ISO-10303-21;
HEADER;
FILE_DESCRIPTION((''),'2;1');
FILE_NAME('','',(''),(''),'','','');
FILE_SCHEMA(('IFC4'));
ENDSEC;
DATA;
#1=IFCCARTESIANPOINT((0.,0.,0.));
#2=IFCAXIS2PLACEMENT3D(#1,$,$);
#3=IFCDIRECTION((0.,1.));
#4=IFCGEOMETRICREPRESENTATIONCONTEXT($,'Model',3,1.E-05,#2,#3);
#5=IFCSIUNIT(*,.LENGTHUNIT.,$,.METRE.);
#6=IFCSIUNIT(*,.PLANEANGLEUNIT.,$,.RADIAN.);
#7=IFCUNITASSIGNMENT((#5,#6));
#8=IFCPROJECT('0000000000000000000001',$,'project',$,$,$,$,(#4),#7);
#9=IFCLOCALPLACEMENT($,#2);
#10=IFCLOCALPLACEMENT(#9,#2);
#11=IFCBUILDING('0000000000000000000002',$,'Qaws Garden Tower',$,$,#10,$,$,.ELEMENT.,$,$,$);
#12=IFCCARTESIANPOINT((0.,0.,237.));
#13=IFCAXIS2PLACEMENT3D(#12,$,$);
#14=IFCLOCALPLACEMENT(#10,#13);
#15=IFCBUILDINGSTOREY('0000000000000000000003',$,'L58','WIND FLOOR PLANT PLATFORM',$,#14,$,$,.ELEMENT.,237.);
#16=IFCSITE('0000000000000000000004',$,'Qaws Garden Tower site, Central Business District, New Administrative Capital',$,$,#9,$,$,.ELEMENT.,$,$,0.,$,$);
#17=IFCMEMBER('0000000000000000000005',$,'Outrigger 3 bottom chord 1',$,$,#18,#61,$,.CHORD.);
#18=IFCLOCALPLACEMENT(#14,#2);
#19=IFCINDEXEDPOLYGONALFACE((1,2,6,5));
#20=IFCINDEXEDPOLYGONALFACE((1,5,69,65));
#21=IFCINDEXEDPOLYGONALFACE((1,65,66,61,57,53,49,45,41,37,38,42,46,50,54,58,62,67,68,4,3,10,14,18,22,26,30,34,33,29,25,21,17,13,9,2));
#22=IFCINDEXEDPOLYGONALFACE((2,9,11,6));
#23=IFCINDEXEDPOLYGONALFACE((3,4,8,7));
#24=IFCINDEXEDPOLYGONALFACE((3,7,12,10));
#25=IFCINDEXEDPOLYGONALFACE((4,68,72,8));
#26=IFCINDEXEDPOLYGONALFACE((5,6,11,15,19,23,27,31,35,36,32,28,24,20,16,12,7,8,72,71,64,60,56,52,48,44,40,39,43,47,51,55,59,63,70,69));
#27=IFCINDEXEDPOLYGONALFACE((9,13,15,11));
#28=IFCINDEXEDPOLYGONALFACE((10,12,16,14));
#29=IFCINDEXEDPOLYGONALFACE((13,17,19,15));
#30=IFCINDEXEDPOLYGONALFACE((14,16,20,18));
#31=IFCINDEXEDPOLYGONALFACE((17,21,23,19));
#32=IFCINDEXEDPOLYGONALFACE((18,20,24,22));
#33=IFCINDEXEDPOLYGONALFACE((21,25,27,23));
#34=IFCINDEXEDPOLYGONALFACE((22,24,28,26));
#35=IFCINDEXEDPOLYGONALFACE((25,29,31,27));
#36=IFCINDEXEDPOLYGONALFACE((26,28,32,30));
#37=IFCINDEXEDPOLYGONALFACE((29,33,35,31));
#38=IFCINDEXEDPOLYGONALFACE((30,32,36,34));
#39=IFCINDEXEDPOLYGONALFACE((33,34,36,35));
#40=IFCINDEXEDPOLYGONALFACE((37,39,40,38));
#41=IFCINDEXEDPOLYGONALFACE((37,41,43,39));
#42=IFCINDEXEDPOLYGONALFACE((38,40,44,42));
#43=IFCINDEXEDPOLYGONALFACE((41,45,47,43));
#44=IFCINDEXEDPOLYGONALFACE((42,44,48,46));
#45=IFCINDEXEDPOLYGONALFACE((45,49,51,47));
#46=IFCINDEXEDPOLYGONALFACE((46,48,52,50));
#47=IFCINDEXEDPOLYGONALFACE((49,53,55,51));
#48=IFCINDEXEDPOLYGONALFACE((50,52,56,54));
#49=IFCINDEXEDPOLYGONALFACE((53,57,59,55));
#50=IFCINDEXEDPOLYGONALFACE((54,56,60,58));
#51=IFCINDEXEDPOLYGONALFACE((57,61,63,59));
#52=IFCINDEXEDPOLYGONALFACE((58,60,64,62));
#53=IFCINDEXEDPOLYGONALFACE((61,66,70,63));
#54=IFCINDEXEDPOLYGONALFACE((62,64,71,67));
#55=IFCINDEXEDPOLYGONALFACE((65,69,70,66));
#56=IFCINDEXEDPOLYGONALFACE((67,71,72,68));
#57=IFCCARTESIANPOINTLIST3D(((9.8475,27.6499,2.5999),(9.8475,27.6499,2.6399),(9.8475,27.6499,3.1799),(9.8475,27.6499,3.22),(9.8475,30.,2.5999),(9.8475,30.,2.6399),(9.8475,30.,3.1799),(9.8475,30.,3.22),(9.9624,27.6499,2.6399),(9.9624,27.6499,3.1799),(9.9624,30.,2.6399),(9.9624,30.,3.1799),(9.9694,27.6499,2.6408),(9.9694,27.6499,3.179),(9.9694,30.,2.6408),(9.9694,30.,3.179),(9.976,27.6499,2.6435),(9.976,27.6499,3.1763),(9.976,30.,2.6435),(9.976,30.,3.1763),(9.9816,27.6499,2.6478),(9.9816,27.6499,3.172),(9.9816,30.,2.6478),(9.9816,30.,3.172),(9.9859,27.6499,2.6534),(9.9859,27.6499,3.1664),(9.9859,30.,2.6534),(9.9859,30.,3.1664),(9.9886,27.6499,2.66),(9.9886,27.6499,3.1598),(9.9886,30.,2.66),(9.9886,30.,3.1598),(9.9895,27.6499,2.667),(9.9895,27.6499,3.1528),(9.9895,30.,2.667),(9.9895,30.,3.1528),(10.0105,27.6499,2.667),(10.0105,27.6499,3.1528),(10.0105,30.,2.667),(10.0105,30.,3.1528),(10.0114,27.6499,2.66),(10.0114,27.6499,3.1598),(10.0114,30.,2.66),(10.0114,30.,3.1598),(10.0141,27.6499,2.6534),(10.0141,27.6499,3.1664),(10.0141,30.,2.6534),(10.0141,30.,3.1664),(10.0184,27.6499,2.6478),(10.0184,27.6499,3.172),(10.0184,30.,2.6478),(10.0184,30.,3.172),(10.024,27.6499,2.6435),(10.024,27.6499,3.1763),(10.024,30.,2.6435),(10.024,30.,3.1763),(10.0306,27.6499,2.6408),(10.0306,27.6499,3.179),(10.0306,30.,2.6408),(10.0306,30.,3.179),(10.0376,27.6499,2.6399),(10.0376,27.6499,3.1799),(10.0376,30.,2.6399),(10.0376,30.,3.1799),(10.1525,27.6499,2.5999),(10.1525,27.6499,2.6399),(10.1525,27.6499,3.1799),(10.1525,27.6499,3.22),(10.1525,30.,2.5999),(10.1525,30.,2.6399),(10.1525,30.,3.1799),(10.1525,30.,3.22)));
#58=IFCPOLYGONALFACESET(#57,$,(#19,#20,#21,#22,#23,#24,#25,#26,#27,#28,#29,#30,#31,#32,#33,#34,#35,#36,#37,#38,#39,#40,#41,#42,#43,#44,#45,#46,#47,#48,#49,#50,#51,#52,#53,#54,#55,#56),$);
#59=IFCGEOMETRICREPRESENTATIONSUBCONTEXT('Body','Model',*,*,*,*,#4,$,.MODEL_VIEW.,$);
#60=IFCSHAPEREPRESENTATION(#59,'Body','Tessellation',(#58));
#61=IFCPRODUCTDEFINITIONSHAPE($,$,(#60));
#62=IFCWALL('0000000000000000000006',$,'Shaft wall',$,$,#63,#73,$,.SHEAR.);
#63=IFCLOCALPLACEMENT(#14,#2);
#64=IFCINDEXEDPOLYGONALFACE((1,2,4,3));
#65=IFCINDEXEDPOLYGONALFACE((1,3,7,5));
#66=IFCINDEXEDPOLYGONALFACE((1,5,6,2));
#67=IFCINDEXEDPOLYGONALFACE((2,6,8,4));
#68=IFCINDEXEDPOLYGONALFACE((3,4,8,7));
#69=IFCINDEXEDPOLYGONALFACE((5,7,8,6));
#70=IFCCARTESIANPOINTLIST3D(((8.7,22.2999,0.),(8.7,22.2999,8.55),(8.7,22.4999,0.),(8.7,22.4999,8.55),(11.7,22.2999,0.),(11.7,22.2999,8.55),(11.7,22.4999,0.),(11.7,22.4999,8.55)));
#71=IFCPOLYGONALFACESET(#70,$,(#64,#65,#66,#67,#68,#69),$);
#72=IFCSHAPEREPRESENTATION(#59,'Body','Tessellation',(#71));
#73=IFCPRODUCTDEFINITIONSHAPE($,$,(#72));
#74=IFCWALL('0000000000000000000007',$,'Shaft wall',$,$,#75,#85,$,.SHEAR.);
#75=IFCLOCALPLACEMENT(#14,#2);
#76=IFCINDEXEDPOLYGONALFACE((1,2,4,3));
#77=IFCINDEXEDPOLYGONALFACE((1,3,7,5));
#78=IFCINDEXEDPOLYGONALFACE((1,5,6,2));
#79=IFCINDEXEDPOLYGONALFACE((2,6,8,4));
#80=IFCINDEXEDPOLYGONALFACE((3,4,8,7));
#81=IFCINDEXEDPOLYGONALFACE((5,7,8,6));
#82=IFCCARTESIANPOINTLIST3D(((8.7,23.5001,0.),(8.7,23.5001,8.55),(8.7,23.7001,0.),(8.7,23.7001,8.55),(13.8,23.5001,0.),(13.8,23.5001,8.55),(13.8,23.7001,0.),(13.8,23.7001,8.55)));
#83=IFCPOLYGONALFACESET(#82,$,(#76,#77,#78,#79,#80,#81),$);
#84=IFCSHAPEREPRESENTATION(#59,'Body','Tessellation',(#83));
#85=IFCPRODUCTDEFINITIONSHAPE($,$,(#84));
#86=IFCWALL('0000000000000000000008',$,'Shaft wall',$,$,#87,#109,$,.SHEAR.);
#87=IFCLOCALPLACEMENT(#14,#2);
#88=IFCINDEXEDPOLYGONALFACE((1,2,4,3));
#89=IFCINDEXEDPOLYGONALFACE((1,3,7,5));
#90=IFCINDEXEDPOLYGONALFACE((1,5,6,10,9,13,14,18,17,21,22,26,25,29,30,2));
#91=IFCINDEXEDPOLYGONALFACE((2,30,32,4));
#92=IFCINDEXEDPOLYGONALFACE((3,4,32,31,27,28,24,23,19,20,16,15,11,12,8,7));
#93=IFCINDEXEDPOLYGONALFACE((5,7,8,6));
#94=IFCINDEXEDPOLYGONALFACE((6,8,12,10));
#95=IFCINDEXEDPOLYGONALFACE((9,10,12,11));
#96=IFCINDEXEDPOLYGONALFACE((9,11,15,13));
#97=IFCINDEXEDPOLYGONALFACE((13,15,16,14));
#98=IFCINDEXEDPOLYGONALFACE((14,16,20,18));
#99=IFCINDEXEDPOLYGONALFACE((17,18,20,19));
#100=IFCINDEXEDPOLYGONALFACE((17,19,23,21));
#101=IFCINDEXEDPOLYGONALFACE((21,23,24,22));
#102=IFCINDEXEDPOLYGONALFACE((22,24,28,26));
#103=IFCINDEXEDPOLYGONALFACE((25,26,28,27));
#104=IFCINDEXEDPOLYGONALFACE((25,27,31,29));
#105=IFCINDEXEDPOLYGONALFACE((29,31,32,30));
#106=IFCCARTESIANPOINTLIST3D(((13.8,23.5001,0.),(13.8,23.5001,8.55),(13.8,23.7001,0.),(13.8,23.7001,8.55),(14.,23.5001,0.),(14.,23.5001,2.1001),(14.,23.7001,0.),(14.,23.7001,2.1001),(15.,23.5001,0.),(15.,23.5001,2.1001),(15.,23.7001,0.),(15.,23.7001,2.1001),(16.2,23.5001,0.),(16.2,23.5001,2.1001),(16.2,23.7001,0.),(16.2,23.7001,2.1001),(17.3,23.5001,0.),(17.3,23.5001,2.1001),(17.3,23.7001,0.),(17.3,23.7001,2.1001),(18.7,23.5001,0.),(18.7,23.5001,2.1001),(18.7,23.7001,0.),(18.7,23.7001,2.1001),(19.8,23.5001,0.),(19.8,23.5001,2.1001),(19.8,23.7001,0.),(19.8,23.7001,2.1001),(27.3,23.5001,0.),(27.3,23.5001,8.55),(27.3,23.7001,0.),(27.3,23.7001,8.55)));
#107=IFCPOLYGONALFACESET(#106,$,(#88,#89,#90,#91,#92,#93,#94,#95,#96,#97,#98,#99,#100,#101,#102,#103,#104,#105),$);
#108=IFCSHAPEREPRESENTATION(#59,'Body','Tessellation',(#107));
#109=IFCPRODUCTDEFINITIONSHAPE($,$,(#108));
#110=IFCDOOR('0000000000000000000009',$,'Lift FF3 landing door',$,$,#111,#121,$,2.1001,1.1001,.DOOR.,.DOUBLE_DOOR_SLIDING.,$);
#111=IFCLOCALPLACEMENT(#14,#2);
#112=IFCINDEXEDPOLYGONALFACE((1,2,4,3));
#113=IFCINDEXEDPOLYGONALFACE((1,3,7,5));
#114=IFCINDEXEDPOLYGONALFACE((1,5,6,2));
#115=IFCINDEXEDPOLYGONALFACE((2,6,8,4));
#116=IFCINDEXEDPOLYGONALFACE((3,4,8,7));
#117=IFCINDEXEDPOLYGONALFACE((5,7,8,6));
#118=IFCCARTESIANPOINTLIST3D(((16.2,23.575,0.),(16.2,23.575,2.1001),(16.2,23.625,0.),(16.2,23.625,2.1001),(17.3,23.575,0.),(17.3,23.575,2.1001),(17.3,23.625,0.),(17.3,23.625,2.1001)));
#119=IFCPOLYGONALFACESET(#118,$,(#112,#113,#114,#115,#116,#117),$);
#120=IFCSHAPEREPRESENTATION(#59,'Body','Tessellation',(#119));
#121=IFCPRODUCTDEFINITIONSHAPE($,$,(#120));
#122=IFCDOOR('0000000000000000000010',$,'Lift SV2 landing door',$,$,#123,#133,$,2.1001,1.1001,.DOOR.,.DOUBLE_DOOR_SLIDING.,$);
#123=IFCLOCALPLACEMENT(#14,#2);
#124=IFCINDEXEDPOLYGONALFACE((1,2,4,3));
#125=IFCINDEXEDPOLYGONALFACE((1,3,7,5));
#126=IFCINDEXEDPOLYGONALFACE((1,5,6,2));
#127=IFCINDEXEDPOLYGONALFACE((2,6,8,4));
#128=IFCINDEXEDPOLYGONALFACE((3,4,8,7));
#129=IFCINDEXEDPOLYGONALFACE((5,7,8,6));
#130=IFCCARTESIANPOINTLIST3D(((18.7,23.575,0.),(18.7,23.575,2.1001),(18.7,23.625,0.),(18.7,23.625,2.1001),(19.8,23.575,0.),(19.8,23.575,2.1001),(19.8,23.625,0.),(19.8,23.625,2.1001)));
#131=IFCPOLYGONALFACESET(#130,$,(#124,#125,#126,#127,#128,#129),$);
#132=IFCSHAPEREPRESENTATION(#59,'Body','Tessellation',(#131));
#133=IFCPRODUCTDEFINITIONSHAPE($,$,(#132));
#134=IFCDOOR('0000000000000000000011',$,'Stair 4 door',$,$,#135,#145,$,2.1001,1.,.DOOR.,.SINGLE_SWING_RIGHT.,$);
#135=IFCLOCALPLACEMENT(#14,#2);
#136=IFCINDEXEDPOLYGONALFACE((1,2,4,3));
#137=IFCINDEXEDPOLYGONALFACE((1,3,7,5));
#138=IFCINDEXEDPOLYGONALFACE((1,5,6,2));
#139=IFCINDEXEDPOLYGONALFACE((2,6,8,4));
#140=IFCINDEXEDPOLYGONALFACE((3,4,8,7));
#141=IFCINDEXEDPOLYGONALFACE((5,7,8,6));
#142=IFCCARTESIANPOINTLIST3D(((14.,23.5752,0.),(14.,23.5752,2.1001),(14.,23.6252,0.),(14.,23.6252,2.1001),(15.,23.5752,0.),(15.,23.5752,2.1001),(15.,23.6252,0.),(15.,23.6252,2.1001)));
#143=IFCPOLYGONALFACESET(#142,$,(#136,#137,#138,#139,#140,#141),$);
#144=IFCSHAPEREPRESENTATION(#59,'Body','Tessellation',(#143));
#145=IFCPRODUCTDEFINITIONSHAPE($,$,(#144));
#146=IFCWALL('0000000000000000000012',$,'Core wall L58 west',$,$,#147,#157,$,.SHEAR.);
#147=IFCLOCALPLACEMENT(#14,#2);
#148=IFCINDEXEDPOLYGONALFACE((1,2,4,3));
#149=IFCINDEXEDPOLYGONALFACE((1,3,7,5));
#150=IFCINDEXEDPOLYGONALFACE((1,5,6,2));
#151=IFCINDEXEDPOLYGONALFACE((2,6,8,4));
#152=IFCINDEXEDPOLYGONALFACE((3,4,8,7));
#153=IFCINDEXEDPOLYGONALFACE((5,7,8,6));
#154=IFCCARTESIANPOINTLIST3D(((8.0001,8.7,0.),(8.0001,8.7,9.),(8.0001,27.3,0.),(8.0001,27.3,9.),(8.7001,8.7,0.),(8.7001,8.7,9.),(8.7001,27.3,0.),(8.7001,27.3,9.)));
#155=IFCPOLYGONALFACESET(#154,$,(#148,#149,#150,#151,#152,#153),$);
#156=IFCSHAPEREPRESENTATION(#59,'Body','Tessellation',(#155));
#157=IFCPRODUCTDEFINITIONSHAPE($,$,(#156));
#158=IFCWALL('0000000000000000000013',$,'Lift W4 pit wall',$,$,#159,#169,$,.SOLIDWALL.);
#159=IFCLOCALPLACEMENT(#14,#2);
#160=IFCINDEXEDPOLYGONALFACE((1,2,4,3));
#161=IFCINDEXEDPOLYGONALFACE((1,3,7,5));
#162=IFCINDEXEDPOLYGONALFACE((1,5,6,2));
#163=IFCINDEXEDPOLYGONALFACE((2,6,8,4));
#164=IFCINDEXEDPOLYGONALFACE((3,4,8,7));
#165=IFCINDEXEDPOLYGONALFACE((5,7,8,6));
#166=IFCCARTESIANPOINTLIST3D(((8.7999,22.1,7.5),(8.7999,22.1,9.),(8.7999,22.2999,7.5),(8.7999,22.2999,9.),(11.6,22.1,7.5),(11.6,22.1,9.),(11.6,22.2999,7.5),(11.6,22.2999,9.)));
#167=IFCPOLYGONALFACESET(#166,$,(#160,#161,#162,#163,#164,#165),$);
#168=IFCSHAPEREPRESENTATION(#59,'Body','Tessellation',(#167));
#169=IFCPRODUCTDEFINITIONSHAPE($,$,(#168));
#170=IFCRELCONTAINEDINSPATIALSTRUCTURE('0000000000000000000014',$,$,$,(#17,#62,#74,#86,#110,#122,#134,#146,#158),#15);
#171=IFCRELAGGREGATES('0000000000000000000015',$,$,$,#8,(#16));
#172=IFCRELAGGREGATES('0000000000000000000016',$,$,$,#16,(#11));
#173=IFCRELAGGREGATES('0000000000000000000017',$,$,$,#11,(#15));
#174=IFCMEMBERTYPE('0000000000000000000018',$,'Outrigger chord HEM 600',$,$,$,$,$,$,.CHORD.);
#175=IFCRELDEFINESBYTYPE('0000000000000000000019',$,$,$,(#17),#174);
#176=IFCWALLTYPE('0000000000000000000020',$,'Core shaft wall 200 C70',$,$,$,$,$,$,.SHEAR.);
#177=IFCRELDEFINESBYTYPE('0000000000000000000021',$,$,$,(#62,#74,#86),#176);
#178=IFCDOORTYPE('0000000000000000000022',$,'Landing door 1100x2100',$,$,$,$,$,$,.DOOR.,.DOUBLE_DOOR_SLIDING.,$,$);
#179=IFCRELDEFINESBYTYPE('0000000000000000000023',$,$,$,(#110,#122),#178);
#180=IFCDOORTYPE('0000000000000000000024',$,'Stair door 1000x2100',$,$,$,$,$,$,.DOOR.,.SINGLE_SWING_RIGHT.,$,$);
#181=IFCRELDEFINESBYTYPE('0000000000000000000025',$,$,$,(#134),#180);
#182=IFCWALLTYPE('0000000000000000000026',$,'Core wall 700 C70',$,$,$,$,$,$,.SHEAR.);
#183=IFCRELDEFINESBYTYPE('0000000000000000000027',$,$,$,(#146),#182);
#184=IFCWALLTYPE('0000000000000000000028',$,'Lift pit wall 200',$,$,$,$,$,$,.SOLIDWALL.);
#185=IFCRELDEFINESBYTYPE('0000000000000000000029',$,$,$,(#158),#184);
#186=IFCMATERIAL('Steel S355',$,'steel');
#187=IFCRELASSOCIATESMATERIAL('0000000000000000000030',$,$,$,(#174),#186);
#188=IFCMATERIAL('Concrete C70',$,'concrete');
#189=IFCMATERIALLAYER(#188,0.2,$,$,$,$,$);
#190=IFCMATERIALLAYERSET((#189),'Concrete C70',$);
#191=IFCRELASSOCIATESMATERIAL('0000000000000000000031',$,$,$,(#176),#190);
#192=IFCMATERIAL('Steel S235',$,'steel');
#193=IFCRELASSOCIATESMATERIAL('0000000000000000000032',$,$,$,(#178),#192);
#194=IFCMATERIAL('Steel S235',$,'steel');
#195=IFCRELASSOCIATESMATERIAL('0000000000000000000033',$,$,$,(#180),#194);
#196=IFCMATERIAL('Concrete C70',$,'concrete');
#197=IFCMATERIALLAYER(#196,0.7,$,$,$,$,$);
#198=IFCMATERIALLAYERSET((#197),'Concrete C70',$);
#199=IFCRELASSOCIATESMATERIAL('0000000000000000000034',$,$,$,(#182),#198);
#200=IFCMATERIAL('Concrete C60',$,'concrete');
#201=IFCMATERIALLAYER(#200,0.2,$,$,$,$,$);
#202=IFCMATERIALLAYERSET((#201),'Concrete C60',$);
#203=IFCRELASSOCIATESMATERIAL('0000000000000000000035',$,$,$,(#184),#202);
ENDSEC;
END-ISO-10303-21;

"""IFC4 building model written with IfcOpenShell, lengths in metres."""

from ifc_helpers import new_model, si_unit, direction, frame, frame_2d, origin, origin_2d, place, context, subcontext, project, spatial, rectangle, i_section, extrude, material, layer, layer_set, material_profile, profile_set, type_object, element, fill, save


model = new_model("IFC4")

# Units and contexts
model_context = context("Model", 3, precision=1e-05, world=origin(), true_north=direction((0.0, 1.0)))
body_context = subcontext(model_context, "Body", "Model", "MODEL_VIEW")
ifc_project = project(units=[si_unit("LENGTHUNIT", "METRE"), si_unit("PLANEANGLEUNIT", "RADIAN")], contexts=[model_context])

# Site, building, storey
site_placement = place(None, origin())
site = spatial("IfcSite", under=ifc_project, at=site_placement, Name="Qaws Garden Tower site, Central Business District, New Administrative Capital", CompositionType="ELEMENT", RefElevation=0.0)
building_placement = place(site_placement, origin())
building = spatial("IfcBuilding", under=site, at=building_placement, Name="Qaws Garden Tower", CompositionType="ELEMENT")
storey_placement = place(building_placement, frame((0.0, 0.0, 237.0)))
storey = spatial("IfcBuildingStorey", under=building, at=storey_placement, Name="L58", Description="WIND FLOOR PLANT PLATFORM", CompositionType="ELEMENT", Elevation=237.0)

# Member
ifc_material_1 = material(Name="Steel S355", Category="steel")
ifc_material_profile_1 = material_profile(ifc_material_1, i_section(OverallWidth=0.3049, OverallDepth=0.6201, WebThickness=0.021, FlangeThickness=0.04, FilletRadius=0.0271, at=origin_2d()), Name="HEM 600")
ifc_profile_set_1 = profile_set([ifc_material_profile_1], Name="Steel S355")
member_type_1 = type_object("IfcMemberType", Name="Outrigger chord HEM 600", PredefinedType="CHORD", material=ifc_profile_set_1)
for number, where, z_axis, x_axis, name in (
    (1, (10.0, 27.6499, 2.9099), (0.0, 1.0, 0.0), (-1.0, 0.0, 0.0), "Outrigger 3 bottom chord 1"),
):
    element("IfcMember", number, at=place(storey_placement, frame(where, z_axis=z_axis, x_axis=x_axis)), inside=storey, type_object=member_type_1, Name=name, PredefinedType="CHORD", context=body_context, shape_type="SweptSolid", body=[
        extrude(i_section(OverallWidth=0.3049, OverallDepth=0.6201, WebThickness=0.021, FlangeThickness=0.04, FilletRadius=0.0271, at=origin_2d()), origin(), (0.0, 0.0, 1.0), 2.3501),
    ])

# Walls
ifc_material_2 = material(Name="Concrete C70", Category="concrete")
ifc_layer_1 = layer(ifc_material_2, 0.2)
ifc_layer_set_1 = layer_set([ifc_layer_1], Name="Concrete C70")
wall_type_1 = type_object("IfcWallType", Name="Core shaft wall 200 C70", PredefinedType="SHEAR", material=ifc_layer_set_1)
wall_1_placement = place(storey_placement, frame((8.7, 22.3999, 0.0), z_axis=(0.0, 0.0, 1.0), x_axis=(1.0, 0.0, 0.0)))
element("IfcWall", 2, at=wall_1_placement, inside=storey, type_object=wall_type_1, Name="Shaft wall", PredefinedType="SHEAR", context=body_context, shape_type="SweptSolid", body=[
    extrude(rectangle(XDim=3.0, YDim=0.2, at=frame_2d((1.5, 0.0))), origin(), (0.0, 0.0, 1.0), 8.55),
])
wall_2_placement = place(storey_placement, frame((8.7, 23.6001, 0.0), z_axis=(0.0, 0.0, 1.0), x_axis=(1.0, 0.0, 0.0)))
element("IfcWall", 3, at=wall_2_placement, inside=storey, type_object=wall_type_1, Name="Shaft wall", PredefinedType="SHEAR", context=body_context, shape_type="SweptSolid", body=[
    extrude(rectangle(XDim=5.1001, YDim=0.2, at=frame_2d((2.55, 0.0))), origin(), (0.0, 0.0, 1.0), 8.55),
])

# Wall, openings, doors
wall_3_placement = place(storey_placement, frame((13.8, 23.6001, 0.0), z_axis=(0.0, 0.0, 1.0), x_axis=(1.0, 0.0, 0.0)))
wall_3 = element("IfcWall", 4, at=wall_3_placement, inside=storey, type_object=wall_type_1, Name="Shaft wall", PredefinedType="SHEAR", context=body_context, shape_type="SweptSolid", body=[
    extrude(rectangle(XDim=13.5, YDim=0.2, at=frame_2d((6.75, 0.0))), origin(), (0.0, 0.0, 1.0), 8.55),
])
opening_1_placement = place(wall_3_placement, frame((2.3999, 0.0, 0.0)))
opening_1 = element("IfcOpeningElement", 5, at=opening_1_placement, cuts=wall_3, PredefinedType="OPENING", context=body_context, shape_type="SweptSolid", body=[
    extrude(rectangle(XDim=1.1001, YDim=2.1001, at=frame_2d((0.55, 1.05))), frame((0.0, 0.1099, 0.0), z_axis=(0.0, -1.0, 0.0), x_axis=(1.0, 0.0, 0.0)), (0.0, 0.0, 1.0), 0.22),
])
opening_2_placement = place(wall_3_placement, frame((4.8999, 0.0, 0.0)))
opening_2 = element("IfcOpeningElement", 6, at=opening_2_placement, cuts=wall_3, PredefinedType="OPENING", context=body_context, shape_type="SweptSolid", body=[
    extrude(rectangle(XDim=1.1001, YDim=2.1001, at=frame_2d((0.55, 1.05))), frame((0.0, 0.1099, 0.0), z_axis=(0.0, -1.0, 0.0), x_axis=(1.0, 0.0, 0.0)), (0.0, 0.0, 1.0), 0.22),
])
opening_3_placement = place(wall_3_placement, frame((0.2, 0.0, 0.0)))
opening_3 = element("IfcOpeningElement", 7, at=opening_3_placement, cuts=wall_3, PredefinedType="OPENING", context=body_context, shape_type="SweptSolid", body=[
    extrude(rectangle(XDim=1.0, YDim=2.1001, at=frame_2d((0.5, 1.05))), frame((0.0, 0.1099, 0.0), z_axis=(0.0, -1.0, 0.0), x_axis=(1.0, 0.0, 0.0)), (0.0, 0.0, 1.0), 0.22),
])
ifc_material_3 = material(Name="Steel S235", Category="steel")
door_type_1 = type_object("IfcDoorType", Name="Landing door 1100x2100", OperationType="DOUBLE_DOOR_SLIDING", PredefinedType="DOOR", material=ifc_material_3)
door_1_placement = place(opening_1_placement, origin())
door_1 = element("IfcDoor", 8, at=door_1_placement, inside=storey, type_object=door_type_1, Name="Lift FF3 landing door", OperationType="DOUBLE_DOOR_SLIDING", OverallHeight=2.1001, OverallWidth=1.1001, PredefinedType="DOOR", context=body_context, shape_type="SweptSolid", body=[
    extrude(rectangle(XDim=1.1001, YDim=2.1001, at=frame_2d((0.55, 1.05))), frame((0.0, 0.0249, 0.0), z_axis=(0.0, -1.0, 0.0), x_axis=(1.0, 0.0, 0.0)), (0.0, 0.0, 1.0), 0.05),
])
fill(opening_1, door_1)
door_2_placement = place(opening_2_placement, origin())
door_2 = element("IfcDoor", 9, at=door_2_placement, inside=storey, type_object=door_type_1, Name="Lift SV2 landing door", OperationType="DOUBLE_DOOR_SLIDING", OverallHeight=2.1001, OverallWidth=1.1001, PredefinedType="DOOR", context=body_context, shape_type="SweptSolid", body=[
    extrude(rectangle(XDim=1.1001, YDim=2.1001, at=frame_2d((0.55, 1.05))), frame((0.0, 0.0249, 0.0), z_axis=(0.0, -1.0, 0.0), x_axis=(1.0, 0.0, 0.0)), (0.0, 0.0, 1.0), 0.05),
])
fill(opening_2, door_2)
ifc_material_4 = material(Name="Steel S235", Category="steel")
door_type_2 = type_object("IfcDoorType", Name="Stair door 1000x2100", OperationType="SINGLE_SWING_RIGHT", PredefinedType="DOOR", material=ifc_material_4)
door_3_placement = place(opening_3_placement, frame((1.0, 0.0, 0.0), z_axis=(0.0, 0.0, 1.0), x_axis=(-1.0, 0.0, 0.0)))
door_3 = element("IfcDoor", 10, at=door_3_placement, inside=storey, type_object=door_type_2, Name="Stair 4 door", OperationType="SINGLE_SWING_RIGHT", OverallHeight=2.1001, OverallWidth=1.0, PredefinedType="DOOR", context=body_context, shape_type="SweptSolid", body=[
    extrude(rectangle(XDim=1.0, YDim=2.1001, at=frame_2d((0.5, 1.05))), frame((0.0, 0.0249, 0.0), z_axis=(0.0, -1.0, 0.0), x_axis=(1.0, 0.0, 0.0)), (0.0, 0.0, 1.0), 0.05),
])
fill(opening_3, door_3)

# Walls
ifc_material_5 = material(Name="Concrete C70", Category="concrete")
ifc_layer_2 = layer(ifc_material_5, 0.7)
ifc_layer_set_2 = layer_set([ifc_layer_2], Name="Concrete C70")
wall_type_2 = type_object("IfcWallType", Name="Core wall 700 C70", PredefinedType="SHEAR", material=ifc_layer_set_2)
wall_4_placement = place(storey_placement, frame((8.3501, 27.3, 0.0), z_axis=(0.0, 0.0, 1.0), x_axis=(0.0, -1.0, 0.0)))
element("IfcWall", 11, at=wall_4_placement, inside=storey, type_object=wall_type_2, Name="Core wall L58 west", PredefinedType="SHEAR", context=body_context, shape_type="SweptSolid", body=[
    extrude(rectangle(XDim=18.6001, YDim=0.7, at=frame_2d((9.3, 0.0))), origin(), (0.0, 0.0, 1.0), 9.0),
])
ifc_material_6 = material(Name="Concrete C60", Category="concrete")
ifc_layer_3 = layer(ifc_material_6, 0.2)
ifc_layer_set_3 = layer_set([ifc_layer_3], Name="Concrete C60")
wall_type_3 = type_object("IfcWallType", Name="Lift pit wall 200", PredefinedType="SOLIDWALL", material=ifc_layer_set_3)
wall_5_placement = place(storey_placement, frame((8.8, 22.2, 7.5), z_axis=(0.0, 0.0, 1.0), x_axis=(1.0, 0.0, 0.0)))
element("IfcWall", 12, at=wall_5_placement, inside=storey, type_object=wall_type_3, Name="Lift W4 pit wall", PredefinedType="SOLIDWALL", context=body_context, shape_type="SweptSolid", body=[
    extrude(rectangle(XDim=2.8, YDim=0.2, at=frame_2d((1.3999, 0.0))), origin(), (0.0, 0.0, 1.0), 1.5),
])

save(model, "model.ifc")
